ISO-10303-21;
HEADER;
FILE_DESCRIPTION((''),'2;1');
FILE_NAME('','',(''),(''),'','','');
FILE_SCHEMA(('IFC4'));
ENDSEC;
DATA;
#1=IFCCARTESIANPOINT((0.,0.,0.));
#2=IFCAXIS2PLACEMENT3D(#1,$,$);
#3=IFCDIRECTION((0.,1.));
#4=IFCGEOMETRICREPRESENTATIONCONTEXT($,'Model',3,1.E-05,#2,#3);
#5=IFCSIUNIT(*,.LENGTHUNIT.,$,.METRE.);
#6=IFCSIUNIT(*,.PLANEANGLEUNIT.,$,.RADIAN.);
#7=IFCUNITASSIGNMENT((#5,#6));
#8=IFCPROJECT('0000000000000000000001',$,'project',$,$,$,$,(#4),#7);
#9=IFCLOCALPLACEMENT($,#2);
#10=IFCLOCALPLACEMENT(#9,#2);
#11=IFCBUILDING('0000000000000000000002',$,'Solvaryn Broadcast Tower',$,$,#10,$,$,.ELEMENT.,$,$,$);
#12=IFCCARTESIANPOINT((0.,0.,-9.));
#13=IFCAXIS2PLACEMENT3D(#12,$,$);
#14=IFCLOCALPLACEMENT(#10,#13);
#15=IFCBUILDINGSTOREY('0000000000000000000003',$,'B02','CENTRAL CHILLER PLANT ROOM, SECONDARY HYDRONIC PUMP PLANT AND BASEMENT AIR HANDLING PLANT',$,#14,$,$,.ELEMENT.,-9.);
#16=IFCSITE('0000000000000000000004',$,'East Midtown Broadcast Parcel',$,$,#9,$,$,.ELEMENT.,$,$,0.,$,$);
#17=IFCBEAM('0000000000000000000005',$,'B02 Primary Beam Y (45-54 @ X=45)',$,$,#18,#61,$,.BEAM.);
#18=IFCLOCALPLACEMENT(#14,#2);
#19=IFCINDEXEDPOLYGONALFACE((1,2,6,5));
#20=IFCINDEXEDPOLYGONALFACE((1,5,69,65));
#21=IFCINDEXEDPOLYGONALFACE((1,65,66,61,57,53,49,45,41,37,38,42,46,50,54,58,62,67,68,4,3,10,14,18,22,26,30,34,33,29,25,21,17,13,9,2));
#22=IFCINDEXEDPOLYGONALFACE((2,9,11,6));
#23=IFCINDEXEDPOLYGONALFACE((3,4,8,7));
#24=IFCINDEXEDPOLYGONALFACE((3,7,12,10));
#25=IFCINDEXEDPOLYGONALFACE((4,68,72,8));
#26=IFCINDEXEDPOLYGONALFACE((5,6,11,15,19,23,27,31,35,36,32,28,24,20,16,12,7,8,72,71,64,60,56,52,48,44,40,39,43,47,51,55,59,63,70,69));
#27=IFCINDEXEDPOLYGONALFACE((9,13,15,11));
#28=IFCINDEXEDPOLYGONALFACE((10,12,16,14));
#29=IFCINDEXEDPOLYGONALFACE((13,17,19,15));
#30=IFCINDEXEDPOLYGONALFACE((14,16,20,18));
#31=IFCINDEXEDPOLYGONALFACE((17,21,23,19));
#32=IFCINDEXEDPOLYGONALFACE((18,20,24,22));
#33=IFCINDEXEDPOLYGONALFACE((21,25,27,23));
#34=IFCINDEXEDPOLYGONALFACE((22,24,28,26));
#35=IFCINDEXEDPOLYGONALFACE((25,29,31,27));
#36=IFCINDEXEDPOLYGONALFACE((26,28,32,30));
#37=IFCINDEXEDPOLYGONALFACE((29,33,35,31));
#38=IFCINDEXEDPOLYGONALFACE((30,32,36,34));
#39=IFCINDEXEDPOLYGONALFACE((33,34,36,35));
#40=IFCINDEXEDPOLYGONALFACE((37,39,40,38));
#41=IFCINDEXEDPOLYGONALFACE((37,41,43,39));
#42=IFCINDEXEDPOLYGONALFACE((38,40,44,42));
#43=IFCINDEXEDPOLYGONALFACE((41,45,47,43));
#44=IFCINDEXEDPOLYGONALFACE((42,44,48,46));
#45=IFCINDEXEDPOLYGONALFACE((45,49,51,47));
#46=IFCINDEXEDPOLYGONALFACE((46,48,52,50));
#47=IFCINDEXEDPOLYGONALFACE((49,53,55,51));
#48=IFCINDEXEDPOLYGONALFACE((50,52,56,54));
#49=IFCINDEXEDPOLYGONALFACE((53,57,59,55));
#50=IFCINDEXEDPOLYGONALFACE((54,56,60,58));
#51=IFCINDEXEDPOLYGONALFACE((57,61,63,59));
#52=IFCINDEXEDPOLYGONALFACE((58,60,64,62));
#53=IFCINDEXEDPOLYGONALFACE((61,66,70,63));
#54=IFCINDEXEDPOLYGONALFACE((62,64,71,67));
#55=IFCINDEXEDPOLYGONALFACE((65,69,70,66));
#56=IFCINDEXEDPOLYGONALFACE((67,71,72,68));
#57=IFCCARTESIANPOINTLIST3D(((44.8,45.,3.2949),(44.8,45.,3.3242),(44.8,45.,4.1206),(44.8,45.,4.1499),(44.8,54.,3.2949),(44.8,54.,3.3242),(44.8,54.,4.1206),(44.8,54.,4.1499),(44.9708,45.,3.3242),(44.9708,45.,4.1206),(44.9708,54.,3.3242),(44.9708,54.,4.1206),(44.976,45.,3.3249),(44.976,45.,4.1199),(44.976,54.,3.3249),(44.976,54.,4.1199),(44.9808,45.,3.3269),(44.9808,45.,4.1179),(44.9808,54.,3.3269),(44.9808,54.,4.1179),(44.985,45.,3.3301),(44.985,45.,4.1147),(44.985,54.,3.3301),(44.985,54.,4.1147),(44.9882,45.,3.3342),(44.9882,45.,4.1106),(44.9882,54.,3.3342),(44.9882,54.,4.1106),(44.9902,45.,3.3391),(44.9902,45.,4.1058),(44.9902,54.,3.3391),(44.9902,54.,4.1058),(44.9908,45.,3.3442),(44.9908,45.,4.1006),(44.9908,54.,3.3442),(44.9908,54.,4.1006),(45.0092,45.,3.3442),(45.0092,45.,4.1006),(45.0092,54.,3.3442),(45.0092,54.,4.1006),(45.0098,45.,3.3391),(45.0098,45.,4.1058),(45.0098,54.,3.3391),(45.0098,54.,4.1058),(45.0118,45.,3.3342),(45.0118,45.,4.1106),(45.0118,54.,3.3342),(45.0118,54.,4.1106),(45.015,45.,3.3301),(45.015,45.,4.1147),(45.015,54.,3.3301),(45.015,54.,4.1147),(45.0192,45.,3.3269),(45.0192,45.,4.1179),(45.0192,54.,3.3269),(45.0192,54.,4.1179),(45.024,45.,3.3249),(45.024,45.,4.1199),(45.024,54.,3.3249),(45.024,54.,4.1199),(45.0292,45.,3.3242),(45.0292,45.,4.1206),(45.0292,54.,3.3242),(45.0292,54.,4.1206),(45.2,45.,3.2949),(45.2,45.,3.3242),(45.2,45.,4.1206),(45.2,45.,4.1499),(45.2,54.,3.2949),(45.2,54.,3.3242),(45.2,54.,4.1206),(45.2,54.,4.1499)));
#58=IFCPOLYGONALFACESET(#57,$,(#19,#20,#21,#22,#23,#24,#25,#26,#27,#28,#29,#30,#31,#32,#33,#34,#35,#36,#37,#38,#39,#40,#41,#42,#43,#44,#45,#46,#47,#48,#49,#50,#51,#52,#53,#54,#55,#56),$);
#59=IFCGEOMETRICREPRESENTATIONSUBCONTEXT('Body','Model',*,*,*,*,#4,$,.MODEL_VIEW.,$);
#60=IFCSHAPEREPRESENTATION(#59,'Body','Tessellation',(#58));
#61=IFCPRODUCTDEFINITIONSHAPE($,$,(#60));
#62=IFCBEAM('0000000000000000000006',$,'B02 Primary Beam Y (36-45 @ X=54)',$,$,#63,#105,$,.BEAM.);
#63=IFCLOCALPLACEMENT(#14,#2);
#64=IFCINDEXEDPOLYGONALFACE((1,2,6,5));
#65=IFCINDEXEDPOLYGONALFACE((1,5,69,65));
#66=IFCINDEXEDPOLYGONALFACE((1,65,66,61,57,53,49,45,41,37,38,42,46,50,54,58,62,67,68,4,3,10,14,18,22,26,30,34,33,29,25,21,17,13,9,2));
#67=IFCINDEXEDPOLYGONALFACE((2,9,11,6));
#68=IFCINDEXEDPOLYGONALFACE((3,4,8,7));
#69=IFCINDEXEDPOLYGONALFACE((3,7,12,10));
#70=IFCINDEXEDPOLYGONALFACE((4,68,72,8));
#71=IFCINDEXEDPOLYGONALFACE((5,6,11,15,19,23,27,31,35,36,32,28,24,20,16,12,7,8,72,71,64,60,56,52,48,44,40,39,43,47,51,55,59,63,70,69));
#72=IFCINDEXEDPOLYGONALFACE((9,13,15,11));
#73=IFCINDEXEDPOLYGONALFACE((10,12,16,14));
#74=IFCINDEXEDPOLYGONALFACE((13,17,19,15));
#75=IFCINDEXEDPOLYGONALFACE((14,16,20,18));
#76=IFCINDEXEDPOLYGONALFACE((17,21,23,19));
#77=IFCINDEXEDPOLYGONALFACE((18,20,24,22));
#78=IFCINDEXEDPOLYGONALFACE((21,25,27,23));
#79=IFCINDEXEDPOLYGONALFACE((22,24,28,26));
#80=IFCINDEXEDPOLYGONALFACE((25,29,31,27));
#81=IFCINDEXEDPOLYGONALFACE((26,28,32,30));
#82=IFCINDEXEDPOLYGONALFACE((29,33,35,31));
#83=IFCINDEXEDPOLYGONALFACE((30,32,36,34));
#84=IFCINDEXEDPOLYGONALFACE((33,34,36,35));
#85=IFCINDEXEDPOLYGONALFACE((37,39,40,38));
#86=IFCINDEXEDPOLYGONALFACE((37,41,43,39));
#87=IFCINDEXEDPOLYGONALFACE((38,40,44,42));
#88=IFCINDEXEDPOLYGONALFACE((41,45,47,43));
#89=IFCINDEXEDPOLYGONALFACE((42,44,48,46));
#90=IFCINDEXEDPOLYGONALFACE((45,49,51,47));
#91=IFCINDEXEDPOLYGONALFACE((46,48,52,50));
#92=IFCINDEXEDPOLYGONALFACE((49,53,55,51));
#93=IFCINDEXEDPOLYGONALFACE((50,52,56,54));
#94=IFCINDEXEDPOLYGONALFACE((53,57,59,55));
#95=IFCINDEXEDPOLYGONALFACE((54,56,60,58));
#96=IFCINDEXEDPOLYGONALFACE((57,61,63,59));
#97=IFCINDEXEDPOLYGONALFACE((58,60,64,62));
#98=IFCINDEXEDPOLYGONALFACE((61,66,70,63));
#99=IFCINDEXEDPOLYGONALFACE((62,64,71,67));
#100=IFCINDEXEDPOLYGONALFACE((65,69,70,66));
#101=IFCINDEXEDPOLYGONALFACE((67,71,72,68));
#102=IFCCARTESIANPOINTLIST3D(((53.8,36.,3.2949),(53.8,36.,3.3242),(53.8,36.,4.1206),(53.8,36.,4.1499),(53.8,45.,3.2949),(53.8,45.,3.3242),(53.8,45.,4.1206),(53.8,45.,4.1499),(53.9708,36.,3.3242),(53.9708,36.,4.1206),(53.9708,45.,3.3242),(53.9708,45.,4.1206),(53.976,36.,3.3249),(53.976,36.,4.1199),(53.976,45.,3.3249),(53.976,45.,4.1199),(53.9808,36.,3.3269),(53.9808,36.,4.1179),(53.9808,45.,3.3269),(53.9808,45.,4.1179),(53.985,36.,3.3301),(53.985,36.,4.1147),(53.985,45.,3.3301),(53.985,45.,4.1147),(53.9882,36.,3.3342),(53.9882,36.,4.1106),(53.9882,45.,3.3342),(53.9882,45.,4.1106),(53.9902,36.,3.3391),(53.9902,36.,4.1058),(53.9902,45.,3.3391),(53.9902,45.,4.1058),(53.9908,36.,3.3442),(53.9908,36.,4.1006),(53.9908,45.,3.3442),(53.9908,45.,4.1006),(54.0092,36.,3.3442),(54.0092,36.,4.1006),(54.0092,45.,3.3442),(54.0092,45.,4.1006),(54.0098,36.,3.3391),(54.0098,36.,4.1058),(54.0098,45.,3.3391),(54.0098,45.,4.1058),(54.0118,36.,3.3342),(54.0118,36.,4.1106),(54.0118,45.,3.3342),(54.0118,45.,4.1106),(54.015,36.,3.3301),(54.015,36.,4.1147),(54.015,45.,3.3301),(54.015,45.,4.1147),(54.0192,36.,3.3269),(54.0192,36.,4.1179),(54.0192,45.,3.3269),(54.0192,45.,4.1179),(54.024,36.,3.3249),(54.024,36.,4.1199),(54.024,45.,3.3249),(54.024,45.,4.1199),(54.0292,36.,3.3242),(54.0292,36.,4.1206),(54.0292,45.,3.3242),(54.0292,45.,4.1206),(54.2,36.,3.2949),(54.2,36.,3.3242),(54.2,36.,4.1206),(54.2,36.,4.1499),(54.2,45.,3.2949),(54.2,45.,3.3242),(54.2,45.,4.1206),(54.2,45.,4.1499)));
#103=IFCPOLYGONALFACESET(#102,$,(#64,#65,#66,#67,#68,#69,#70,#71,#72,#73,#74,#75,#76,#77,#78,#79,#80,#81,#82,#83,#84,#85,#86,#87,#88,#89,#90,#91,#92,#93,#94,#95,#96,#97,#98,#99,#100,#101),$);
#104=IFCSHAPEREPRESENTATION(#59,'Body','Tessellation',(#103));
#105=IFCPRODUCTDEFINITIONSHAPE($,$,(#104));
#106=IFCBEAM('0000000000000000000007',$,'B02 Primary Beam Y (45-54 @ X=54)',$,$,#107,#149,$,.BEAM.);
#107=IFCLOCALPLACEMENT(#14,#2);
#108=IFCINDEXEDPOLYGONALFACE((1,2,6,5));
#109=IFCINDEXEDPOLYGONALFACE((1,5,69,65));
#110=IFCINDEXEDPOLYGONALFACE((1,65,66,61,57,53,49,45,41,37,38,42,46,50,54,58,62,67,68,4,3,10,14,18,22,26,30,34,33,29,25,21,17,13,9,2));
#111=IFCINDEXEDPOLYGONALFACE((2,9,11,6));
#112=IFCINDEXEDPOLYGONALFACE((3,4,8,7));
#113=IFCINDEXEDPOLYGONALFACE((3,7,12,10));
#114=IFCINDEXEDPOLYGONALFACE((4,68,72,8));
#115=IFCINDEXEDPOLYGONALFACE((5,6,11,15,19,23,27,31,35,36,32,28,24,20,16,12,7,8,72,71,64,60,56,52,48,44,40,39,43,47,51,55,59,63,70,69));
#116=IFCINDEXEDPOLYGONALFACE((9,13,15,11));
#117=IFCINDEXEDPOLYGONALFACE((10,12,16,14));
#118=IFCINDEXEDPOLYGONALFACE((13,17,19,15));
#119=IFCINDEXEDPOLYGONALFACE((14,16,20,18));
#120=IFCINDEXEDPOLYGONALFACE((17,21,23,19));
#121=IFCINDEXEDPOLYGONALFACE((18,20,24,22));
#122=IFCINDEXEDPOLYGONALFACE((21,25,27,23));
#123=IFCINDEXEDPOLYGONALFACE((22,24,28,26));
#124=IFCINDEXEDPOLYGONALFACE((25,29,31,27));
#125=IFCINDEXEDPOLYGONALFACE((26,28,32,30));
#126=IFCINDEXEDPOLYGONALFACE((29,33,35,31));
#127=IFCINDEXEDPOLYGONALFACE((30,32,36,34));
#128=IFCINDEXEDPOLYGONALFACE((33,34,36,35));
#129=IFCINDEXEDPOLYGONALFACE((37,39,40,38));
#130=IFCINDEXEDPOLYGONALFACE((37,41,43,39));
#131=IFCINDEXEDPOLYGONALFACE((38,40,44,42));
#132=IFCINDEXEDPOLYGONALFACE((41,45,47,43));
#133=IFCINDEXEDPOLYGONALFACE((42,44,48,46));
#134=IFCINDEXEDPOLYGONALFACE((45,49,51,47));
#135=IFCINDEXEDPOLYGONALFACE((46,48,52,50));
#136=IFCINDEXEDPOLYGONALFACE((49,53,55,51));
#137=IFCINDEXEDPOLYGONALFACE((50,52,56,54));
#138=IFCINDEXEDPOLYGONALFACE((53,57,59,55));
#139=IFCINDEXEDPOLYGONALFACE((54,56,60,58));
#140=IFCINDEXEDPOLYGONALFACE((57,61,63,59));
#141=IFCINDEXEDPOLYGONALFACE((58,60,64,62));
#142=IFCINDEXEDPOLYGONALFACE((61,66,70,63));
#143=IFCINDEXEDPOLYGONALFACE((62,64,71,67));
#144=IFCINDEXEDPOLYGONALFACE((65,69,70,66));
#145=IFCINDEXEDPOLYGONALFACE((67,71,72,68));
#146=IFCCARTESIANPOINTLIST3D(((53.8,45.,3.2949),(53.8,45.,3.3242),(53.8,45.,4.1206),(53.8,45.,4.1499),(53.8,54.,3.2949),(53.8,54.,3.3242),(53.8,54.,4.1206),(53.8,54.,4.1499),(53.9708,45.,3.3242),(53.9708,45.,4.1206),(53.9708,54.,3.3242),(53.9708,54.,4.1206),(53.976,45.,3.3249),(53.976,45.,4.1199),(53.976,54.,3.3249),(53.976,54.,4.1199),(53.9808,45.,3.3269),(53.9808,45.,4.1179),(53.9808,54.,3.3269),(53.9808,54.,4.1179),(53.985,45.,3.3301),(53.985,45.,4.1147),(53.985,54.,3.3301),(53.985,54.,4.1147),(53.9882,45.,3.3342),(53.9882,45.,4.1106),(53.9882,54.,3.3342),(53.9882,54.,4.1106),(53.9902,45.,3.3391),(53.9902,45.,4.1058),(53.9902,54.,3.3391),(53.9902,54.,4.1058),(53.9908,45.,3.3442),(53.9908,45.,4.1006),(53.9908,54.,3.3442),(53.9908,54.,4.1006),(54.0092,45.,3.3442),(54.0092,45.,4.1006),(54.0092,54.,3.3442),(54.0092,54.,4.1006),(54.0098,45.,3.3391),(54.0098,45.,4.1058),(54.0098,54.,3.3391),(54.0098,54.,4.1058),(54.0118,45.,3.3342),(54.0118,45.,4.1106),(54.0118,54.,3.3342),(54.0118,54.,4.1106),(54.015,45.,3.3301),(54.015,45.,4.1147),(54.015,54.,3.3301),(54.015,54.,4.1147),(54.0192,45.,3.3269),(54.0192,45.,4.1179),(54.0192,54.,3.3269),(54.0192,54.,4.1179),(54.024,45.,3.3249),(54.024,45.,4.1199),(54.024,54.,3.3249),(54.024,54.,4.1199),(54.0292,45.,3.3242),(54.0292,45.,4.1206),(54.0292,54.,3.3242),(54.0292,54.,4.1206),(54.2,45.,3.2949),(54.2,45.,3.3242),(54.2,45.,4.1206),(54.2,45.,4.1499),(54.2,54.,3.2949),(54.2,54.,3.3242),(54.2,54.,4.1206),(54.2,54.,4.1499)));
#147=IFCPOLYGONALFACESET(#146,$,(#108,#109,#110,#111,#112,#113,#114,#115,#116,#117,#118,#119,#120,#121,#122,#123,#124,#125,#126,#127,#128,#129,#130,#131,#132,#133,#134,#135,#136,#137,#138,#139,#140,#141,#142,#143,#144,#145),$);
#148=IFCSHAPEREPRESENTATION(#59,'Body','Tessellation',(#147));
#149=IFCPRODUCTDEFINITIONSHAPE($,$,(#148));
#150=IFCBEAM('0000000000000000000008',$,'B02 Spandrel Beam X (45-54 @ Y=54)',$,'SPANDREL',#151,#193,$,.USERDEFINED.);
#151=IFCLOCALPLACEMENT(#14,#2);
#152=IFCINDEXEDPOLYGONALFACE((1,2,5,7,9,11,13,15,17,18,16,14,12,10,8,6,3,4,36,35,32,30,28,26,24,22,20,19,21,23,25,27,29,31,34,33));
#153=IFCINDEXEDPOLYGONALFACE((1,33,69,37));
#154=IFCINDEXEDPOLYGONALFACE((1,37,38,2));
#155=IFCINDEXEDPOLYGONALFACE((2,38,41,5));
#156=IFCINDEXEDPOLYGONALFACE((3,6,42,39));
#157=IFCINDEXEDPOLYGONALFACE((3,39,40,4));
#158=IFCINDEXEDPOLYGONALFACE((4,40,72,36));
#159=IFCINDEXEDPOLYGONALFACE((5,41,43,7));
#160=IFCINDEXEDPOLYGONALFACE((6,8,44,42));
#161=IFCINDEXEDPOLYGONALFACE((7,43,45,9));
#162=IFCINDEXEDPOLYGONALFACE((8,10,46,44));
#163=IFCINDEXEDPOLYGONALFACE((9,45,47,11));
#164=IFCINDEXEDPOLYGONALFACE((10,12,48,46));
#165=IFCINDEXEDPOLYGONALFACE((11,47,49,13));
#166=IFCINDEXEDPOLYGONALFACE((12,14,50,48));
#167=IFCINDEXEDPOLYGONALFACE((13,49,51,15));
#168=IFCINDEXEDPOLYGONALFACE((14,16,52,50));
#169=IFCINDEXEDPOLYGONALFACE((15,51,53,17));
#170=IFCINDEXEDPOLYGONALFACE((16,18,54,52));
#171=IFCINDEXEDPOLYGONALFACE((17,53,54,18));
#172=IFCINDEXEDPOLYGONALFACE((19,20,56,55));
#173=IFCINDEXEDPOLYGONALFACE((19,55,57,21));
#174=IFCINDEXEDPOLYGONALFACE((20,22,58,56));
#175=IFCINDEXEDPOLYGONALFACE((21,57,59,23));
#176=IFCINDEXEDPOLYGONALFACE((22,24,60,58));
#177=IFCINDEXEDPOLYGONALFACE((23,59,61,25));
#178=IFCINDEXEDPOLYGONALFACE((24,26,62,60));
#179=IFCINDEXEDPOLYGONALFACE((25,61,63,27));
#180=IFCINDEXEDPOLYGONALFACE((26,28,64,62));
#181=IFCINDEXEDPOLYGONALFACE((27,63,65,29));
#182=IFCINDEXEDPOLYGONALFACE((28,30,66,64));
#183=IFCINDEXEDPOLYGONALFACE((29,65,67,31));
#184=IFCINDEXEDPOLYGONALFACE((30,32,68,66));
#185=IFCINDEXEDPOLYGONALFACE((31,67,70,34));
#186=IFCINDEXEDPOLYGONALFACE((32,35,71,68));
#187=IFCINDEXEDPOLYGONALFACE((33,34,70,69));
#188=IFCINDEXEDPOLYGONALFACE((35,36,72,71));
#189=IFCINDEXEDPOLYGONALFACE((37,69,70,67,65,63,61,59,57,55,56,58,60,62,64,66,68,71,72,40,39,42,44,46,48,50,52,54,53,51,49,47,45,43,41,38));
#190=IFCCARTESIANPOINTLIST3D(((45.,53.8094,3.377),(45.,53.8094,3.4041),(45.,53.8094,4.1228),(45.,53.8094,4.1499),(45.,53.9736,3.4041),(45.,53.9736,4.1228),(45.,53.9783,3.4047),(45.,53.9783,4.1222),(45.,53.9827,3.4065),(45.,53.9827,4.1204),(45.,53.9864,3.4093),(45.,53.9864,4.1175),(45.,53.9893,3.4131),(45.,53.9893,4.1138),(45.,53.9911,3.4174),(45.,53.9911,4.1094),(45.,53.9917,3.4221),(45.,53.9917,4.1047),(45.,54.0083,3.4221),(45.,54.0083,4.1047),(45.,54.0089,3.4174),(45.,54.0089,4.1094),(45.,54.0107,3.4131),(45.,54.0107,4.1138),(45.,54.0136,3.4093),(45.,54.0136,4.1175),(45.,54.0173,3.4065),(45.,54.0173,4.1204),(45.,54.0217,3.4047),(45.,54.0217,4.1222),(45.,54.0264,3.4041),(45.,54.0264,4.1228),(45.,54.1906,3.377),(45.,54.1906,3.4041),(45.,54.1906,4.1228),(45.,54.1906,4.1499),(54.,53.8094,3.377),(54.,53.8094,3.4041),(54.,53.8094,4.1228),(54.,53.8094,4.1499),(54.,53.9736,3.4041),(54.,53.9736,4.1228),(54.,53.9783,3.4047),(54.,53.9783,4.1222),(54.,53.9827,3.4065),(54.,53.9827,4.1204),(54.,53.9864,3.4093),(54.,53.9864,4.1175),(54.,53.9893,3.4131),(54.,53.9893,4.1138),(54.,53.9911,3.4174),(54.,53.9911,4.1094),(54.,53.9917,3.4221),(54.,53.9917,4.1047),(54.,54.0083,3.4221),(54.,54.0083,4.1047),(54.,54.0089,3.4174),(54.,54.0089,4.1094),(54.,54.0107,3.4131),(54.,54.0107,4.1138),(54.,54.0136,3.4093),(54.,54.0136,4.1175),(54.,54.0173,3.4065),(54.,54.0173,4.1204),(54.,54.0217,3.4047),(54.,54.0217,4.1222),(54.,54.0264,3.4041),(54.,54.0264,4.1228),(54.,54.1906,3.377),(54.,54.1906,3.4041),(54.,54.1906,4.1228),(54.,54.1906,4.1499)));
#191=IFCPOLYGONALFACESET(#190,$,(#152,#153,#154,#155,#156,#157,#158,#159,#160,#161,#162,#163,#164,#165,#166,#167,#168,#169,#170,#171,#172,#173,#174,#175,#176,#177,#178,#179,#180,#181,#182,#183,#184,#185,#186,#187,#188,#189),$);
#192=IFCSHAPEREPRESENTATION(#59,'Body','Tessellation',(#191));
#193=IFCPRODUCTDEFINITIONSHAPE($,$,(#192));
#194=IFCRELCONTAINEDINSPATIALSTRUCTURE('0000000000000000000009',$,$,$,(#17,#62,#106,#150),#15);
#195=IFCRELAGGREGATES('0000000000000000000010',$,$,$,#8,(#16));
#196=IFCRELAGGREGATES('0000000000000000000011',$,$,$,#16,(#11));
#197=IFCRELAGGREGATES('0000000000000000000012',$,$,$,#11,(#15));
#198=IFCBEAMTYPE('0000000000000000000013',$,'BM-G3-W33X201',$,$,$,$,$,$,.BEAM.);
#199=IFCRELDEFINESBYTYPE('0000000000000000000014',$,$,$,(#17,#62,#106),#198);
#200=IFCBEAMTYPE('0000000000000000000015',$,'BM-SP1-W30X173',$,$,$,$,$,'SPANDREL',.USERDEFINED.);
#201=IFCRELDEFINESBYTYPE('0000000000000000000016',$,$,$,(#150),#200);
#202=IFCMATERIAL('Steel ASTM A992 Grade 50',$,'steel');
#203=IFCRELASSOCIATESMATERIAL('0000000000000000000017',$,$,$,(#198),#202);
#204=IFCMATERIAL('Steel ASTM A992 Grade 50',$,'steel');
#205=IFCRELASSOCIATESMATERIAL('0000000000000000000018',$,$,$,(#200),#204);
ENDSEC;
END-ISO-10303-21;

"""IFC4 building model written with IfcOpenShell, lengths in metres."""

from ifc_helpers import new_model, si_unit, direction, frame, origin, origin_2d, place, context, subcontext, project, spatial, i_section, extrude, material, material_profile, profile_set, type_object, element, save


model = new_model("IFC4")

# Units and contexts
model_context = context("Model", 3, precision=1e-05, world=origin(), true_north=direction((0.0, 1.0)))
body_context = subcontext(model_context, "Body", "Model", "MODEL_VIEW")
ifc_project = project(units=[si_unit("LENGTHUNIT", "METRE"), si_unit("PLANEANGLEUNIT", "RADIAN")], contexts=[model_context])

# Site, building, storey
site_placement = place(None, origin())
site = spatial("IfcSite", under=ifc_project, at=site_placement, Name="East Midtown Broadcast Parcel", CompositionType="ELEMENT", RefElevation=0.0)
building_placement = place(site_placement, origin())
building = spatial("IfcBuilding", under=site, at=building_placement, Name="Solvaryn Broadcast Tower", CompositionType="ELEMENT")
storey_placement = place(building_placement, frame((0.0, 0.0, -9.0)))
storey = spatial("IfcBuildingStorey", under=building, at=storey_placement, Name="B02", Description="CENTRAL CHILLER PLANT ROOM, SECONDARY HYDRONIC PUMP PLANT AND BASEMENT AIR HANDLING PLANT", CompositionType="ELEMENT", Elevation=-9.0)

# Beams
ifc_material_1 = material(Name="Steel ASTM A992 Grade 50", Category="steel")
ifc_material_profile_1 = material_profile(ifc_material_1, i_section(OverallWidth=0.3999, OverallDepth=0.855, WebThickness=0.0183, FlangeThickness=0.0293, FilletRadius=0.02, at=origin_2d()))
ifc_profile_set_1 = profile_set([ifc_material_profile_1], Name="Steel ASTM A992 Grade 50")
beam_type_1 = type_object("IfcBeamType", Name="BM-G3-W33X201", PredefinedType="BEAM", material=ifc_profile_set_1)
for number, where, z_axis, x_axis, name in (
    (1, (45.0, 45.0, 3.7224), (0.0, 1.0, 0.0), (-1.0, 0.0, 0.0), "B02 Primary Beam Y (45-54 @ X=45)"),
    (2, (54.0, 36.0, 3.7224), (0.0, 1.0, 0.0), (-1.0, 0.0, 0.0), "B02 Primary Beam Y (36-45 @ X=54)"),
    (3, (54.0, 45.0, 3.7224), (0.0, 1.0, 0.0), (-1.0, 0.0, 0.0), "B02 Primary Beam Y (45-54 @ X=54)"),
):
    element("IfcBeam", number, at=place(storey_placement, frame(where, z_axis=z_axis, x_axis=x_axis)), inside=storey, type_object=beam_type_1, Name=name, PredefinedType="BEAM", context=body_context, shape_type="SweptSolid", body=[
        extrude(i_section(OverallWidth=0.3999, OverallDepth=0.855, WebThickness=0.0183, FlangeThickness=0.0293, FilletRadius=0.02, at=origin_2d()), origin(), (0.0, 0.0, 1.0), 9.0),
    ])
ifc_material_2 = material(Name="Steel ASTM A992 Grade 50", Category="steel")
ifc_material_profile_2 = material_profile(ifc_material_2, i_section(OverallWidth=0.3811, OverallDepth=0.7729, WebThickness=0.0166, FlangeThickness=0.0271, FilletRadius=0.0181, at=origin_2d()))
ifc_profile_set_2 = profile_set([ifc_material_profile_2], Name="Steel ASTM A992 Grade 50")
beam_type_2 = type_object("IfcBeamType", Name="BM-SP1-W30X173", ElementType="SPANDREL", PredefinedType="USERDEFINED", material=ifc_profile_set_2)
for number, where, z_axis, x_axis, name in (
    (4, (45.0, 54.0, 3.7634), (1.0, 0.0, 0.0), (0.0, 1.0, 0.0), "B02 Spandrel Beam X (45-54 @ Y=54)"),
):
    element("IfcBeam", number, at=place(storey_placement, frame(where, z_axis=z_axis, x_axis=x_axis)), inside=storey, type_object=beam_type_2, Name=name, ObjectType="SPANDREL", PredefinedType="USERDEFINED", context=body_context, shape_type="SweptSolid", body=[
        extrude(i_section(OverallWidth=0.3811, OverallDepth=0.7729, WebThickness=0.0166, FlangeThickness=0.0271, FilletRadius=0.0181, at=origin_2d()), origin(), (0.0, 0.0, 1.0), 9.0),
    ])

save(model, "model.ifc")
